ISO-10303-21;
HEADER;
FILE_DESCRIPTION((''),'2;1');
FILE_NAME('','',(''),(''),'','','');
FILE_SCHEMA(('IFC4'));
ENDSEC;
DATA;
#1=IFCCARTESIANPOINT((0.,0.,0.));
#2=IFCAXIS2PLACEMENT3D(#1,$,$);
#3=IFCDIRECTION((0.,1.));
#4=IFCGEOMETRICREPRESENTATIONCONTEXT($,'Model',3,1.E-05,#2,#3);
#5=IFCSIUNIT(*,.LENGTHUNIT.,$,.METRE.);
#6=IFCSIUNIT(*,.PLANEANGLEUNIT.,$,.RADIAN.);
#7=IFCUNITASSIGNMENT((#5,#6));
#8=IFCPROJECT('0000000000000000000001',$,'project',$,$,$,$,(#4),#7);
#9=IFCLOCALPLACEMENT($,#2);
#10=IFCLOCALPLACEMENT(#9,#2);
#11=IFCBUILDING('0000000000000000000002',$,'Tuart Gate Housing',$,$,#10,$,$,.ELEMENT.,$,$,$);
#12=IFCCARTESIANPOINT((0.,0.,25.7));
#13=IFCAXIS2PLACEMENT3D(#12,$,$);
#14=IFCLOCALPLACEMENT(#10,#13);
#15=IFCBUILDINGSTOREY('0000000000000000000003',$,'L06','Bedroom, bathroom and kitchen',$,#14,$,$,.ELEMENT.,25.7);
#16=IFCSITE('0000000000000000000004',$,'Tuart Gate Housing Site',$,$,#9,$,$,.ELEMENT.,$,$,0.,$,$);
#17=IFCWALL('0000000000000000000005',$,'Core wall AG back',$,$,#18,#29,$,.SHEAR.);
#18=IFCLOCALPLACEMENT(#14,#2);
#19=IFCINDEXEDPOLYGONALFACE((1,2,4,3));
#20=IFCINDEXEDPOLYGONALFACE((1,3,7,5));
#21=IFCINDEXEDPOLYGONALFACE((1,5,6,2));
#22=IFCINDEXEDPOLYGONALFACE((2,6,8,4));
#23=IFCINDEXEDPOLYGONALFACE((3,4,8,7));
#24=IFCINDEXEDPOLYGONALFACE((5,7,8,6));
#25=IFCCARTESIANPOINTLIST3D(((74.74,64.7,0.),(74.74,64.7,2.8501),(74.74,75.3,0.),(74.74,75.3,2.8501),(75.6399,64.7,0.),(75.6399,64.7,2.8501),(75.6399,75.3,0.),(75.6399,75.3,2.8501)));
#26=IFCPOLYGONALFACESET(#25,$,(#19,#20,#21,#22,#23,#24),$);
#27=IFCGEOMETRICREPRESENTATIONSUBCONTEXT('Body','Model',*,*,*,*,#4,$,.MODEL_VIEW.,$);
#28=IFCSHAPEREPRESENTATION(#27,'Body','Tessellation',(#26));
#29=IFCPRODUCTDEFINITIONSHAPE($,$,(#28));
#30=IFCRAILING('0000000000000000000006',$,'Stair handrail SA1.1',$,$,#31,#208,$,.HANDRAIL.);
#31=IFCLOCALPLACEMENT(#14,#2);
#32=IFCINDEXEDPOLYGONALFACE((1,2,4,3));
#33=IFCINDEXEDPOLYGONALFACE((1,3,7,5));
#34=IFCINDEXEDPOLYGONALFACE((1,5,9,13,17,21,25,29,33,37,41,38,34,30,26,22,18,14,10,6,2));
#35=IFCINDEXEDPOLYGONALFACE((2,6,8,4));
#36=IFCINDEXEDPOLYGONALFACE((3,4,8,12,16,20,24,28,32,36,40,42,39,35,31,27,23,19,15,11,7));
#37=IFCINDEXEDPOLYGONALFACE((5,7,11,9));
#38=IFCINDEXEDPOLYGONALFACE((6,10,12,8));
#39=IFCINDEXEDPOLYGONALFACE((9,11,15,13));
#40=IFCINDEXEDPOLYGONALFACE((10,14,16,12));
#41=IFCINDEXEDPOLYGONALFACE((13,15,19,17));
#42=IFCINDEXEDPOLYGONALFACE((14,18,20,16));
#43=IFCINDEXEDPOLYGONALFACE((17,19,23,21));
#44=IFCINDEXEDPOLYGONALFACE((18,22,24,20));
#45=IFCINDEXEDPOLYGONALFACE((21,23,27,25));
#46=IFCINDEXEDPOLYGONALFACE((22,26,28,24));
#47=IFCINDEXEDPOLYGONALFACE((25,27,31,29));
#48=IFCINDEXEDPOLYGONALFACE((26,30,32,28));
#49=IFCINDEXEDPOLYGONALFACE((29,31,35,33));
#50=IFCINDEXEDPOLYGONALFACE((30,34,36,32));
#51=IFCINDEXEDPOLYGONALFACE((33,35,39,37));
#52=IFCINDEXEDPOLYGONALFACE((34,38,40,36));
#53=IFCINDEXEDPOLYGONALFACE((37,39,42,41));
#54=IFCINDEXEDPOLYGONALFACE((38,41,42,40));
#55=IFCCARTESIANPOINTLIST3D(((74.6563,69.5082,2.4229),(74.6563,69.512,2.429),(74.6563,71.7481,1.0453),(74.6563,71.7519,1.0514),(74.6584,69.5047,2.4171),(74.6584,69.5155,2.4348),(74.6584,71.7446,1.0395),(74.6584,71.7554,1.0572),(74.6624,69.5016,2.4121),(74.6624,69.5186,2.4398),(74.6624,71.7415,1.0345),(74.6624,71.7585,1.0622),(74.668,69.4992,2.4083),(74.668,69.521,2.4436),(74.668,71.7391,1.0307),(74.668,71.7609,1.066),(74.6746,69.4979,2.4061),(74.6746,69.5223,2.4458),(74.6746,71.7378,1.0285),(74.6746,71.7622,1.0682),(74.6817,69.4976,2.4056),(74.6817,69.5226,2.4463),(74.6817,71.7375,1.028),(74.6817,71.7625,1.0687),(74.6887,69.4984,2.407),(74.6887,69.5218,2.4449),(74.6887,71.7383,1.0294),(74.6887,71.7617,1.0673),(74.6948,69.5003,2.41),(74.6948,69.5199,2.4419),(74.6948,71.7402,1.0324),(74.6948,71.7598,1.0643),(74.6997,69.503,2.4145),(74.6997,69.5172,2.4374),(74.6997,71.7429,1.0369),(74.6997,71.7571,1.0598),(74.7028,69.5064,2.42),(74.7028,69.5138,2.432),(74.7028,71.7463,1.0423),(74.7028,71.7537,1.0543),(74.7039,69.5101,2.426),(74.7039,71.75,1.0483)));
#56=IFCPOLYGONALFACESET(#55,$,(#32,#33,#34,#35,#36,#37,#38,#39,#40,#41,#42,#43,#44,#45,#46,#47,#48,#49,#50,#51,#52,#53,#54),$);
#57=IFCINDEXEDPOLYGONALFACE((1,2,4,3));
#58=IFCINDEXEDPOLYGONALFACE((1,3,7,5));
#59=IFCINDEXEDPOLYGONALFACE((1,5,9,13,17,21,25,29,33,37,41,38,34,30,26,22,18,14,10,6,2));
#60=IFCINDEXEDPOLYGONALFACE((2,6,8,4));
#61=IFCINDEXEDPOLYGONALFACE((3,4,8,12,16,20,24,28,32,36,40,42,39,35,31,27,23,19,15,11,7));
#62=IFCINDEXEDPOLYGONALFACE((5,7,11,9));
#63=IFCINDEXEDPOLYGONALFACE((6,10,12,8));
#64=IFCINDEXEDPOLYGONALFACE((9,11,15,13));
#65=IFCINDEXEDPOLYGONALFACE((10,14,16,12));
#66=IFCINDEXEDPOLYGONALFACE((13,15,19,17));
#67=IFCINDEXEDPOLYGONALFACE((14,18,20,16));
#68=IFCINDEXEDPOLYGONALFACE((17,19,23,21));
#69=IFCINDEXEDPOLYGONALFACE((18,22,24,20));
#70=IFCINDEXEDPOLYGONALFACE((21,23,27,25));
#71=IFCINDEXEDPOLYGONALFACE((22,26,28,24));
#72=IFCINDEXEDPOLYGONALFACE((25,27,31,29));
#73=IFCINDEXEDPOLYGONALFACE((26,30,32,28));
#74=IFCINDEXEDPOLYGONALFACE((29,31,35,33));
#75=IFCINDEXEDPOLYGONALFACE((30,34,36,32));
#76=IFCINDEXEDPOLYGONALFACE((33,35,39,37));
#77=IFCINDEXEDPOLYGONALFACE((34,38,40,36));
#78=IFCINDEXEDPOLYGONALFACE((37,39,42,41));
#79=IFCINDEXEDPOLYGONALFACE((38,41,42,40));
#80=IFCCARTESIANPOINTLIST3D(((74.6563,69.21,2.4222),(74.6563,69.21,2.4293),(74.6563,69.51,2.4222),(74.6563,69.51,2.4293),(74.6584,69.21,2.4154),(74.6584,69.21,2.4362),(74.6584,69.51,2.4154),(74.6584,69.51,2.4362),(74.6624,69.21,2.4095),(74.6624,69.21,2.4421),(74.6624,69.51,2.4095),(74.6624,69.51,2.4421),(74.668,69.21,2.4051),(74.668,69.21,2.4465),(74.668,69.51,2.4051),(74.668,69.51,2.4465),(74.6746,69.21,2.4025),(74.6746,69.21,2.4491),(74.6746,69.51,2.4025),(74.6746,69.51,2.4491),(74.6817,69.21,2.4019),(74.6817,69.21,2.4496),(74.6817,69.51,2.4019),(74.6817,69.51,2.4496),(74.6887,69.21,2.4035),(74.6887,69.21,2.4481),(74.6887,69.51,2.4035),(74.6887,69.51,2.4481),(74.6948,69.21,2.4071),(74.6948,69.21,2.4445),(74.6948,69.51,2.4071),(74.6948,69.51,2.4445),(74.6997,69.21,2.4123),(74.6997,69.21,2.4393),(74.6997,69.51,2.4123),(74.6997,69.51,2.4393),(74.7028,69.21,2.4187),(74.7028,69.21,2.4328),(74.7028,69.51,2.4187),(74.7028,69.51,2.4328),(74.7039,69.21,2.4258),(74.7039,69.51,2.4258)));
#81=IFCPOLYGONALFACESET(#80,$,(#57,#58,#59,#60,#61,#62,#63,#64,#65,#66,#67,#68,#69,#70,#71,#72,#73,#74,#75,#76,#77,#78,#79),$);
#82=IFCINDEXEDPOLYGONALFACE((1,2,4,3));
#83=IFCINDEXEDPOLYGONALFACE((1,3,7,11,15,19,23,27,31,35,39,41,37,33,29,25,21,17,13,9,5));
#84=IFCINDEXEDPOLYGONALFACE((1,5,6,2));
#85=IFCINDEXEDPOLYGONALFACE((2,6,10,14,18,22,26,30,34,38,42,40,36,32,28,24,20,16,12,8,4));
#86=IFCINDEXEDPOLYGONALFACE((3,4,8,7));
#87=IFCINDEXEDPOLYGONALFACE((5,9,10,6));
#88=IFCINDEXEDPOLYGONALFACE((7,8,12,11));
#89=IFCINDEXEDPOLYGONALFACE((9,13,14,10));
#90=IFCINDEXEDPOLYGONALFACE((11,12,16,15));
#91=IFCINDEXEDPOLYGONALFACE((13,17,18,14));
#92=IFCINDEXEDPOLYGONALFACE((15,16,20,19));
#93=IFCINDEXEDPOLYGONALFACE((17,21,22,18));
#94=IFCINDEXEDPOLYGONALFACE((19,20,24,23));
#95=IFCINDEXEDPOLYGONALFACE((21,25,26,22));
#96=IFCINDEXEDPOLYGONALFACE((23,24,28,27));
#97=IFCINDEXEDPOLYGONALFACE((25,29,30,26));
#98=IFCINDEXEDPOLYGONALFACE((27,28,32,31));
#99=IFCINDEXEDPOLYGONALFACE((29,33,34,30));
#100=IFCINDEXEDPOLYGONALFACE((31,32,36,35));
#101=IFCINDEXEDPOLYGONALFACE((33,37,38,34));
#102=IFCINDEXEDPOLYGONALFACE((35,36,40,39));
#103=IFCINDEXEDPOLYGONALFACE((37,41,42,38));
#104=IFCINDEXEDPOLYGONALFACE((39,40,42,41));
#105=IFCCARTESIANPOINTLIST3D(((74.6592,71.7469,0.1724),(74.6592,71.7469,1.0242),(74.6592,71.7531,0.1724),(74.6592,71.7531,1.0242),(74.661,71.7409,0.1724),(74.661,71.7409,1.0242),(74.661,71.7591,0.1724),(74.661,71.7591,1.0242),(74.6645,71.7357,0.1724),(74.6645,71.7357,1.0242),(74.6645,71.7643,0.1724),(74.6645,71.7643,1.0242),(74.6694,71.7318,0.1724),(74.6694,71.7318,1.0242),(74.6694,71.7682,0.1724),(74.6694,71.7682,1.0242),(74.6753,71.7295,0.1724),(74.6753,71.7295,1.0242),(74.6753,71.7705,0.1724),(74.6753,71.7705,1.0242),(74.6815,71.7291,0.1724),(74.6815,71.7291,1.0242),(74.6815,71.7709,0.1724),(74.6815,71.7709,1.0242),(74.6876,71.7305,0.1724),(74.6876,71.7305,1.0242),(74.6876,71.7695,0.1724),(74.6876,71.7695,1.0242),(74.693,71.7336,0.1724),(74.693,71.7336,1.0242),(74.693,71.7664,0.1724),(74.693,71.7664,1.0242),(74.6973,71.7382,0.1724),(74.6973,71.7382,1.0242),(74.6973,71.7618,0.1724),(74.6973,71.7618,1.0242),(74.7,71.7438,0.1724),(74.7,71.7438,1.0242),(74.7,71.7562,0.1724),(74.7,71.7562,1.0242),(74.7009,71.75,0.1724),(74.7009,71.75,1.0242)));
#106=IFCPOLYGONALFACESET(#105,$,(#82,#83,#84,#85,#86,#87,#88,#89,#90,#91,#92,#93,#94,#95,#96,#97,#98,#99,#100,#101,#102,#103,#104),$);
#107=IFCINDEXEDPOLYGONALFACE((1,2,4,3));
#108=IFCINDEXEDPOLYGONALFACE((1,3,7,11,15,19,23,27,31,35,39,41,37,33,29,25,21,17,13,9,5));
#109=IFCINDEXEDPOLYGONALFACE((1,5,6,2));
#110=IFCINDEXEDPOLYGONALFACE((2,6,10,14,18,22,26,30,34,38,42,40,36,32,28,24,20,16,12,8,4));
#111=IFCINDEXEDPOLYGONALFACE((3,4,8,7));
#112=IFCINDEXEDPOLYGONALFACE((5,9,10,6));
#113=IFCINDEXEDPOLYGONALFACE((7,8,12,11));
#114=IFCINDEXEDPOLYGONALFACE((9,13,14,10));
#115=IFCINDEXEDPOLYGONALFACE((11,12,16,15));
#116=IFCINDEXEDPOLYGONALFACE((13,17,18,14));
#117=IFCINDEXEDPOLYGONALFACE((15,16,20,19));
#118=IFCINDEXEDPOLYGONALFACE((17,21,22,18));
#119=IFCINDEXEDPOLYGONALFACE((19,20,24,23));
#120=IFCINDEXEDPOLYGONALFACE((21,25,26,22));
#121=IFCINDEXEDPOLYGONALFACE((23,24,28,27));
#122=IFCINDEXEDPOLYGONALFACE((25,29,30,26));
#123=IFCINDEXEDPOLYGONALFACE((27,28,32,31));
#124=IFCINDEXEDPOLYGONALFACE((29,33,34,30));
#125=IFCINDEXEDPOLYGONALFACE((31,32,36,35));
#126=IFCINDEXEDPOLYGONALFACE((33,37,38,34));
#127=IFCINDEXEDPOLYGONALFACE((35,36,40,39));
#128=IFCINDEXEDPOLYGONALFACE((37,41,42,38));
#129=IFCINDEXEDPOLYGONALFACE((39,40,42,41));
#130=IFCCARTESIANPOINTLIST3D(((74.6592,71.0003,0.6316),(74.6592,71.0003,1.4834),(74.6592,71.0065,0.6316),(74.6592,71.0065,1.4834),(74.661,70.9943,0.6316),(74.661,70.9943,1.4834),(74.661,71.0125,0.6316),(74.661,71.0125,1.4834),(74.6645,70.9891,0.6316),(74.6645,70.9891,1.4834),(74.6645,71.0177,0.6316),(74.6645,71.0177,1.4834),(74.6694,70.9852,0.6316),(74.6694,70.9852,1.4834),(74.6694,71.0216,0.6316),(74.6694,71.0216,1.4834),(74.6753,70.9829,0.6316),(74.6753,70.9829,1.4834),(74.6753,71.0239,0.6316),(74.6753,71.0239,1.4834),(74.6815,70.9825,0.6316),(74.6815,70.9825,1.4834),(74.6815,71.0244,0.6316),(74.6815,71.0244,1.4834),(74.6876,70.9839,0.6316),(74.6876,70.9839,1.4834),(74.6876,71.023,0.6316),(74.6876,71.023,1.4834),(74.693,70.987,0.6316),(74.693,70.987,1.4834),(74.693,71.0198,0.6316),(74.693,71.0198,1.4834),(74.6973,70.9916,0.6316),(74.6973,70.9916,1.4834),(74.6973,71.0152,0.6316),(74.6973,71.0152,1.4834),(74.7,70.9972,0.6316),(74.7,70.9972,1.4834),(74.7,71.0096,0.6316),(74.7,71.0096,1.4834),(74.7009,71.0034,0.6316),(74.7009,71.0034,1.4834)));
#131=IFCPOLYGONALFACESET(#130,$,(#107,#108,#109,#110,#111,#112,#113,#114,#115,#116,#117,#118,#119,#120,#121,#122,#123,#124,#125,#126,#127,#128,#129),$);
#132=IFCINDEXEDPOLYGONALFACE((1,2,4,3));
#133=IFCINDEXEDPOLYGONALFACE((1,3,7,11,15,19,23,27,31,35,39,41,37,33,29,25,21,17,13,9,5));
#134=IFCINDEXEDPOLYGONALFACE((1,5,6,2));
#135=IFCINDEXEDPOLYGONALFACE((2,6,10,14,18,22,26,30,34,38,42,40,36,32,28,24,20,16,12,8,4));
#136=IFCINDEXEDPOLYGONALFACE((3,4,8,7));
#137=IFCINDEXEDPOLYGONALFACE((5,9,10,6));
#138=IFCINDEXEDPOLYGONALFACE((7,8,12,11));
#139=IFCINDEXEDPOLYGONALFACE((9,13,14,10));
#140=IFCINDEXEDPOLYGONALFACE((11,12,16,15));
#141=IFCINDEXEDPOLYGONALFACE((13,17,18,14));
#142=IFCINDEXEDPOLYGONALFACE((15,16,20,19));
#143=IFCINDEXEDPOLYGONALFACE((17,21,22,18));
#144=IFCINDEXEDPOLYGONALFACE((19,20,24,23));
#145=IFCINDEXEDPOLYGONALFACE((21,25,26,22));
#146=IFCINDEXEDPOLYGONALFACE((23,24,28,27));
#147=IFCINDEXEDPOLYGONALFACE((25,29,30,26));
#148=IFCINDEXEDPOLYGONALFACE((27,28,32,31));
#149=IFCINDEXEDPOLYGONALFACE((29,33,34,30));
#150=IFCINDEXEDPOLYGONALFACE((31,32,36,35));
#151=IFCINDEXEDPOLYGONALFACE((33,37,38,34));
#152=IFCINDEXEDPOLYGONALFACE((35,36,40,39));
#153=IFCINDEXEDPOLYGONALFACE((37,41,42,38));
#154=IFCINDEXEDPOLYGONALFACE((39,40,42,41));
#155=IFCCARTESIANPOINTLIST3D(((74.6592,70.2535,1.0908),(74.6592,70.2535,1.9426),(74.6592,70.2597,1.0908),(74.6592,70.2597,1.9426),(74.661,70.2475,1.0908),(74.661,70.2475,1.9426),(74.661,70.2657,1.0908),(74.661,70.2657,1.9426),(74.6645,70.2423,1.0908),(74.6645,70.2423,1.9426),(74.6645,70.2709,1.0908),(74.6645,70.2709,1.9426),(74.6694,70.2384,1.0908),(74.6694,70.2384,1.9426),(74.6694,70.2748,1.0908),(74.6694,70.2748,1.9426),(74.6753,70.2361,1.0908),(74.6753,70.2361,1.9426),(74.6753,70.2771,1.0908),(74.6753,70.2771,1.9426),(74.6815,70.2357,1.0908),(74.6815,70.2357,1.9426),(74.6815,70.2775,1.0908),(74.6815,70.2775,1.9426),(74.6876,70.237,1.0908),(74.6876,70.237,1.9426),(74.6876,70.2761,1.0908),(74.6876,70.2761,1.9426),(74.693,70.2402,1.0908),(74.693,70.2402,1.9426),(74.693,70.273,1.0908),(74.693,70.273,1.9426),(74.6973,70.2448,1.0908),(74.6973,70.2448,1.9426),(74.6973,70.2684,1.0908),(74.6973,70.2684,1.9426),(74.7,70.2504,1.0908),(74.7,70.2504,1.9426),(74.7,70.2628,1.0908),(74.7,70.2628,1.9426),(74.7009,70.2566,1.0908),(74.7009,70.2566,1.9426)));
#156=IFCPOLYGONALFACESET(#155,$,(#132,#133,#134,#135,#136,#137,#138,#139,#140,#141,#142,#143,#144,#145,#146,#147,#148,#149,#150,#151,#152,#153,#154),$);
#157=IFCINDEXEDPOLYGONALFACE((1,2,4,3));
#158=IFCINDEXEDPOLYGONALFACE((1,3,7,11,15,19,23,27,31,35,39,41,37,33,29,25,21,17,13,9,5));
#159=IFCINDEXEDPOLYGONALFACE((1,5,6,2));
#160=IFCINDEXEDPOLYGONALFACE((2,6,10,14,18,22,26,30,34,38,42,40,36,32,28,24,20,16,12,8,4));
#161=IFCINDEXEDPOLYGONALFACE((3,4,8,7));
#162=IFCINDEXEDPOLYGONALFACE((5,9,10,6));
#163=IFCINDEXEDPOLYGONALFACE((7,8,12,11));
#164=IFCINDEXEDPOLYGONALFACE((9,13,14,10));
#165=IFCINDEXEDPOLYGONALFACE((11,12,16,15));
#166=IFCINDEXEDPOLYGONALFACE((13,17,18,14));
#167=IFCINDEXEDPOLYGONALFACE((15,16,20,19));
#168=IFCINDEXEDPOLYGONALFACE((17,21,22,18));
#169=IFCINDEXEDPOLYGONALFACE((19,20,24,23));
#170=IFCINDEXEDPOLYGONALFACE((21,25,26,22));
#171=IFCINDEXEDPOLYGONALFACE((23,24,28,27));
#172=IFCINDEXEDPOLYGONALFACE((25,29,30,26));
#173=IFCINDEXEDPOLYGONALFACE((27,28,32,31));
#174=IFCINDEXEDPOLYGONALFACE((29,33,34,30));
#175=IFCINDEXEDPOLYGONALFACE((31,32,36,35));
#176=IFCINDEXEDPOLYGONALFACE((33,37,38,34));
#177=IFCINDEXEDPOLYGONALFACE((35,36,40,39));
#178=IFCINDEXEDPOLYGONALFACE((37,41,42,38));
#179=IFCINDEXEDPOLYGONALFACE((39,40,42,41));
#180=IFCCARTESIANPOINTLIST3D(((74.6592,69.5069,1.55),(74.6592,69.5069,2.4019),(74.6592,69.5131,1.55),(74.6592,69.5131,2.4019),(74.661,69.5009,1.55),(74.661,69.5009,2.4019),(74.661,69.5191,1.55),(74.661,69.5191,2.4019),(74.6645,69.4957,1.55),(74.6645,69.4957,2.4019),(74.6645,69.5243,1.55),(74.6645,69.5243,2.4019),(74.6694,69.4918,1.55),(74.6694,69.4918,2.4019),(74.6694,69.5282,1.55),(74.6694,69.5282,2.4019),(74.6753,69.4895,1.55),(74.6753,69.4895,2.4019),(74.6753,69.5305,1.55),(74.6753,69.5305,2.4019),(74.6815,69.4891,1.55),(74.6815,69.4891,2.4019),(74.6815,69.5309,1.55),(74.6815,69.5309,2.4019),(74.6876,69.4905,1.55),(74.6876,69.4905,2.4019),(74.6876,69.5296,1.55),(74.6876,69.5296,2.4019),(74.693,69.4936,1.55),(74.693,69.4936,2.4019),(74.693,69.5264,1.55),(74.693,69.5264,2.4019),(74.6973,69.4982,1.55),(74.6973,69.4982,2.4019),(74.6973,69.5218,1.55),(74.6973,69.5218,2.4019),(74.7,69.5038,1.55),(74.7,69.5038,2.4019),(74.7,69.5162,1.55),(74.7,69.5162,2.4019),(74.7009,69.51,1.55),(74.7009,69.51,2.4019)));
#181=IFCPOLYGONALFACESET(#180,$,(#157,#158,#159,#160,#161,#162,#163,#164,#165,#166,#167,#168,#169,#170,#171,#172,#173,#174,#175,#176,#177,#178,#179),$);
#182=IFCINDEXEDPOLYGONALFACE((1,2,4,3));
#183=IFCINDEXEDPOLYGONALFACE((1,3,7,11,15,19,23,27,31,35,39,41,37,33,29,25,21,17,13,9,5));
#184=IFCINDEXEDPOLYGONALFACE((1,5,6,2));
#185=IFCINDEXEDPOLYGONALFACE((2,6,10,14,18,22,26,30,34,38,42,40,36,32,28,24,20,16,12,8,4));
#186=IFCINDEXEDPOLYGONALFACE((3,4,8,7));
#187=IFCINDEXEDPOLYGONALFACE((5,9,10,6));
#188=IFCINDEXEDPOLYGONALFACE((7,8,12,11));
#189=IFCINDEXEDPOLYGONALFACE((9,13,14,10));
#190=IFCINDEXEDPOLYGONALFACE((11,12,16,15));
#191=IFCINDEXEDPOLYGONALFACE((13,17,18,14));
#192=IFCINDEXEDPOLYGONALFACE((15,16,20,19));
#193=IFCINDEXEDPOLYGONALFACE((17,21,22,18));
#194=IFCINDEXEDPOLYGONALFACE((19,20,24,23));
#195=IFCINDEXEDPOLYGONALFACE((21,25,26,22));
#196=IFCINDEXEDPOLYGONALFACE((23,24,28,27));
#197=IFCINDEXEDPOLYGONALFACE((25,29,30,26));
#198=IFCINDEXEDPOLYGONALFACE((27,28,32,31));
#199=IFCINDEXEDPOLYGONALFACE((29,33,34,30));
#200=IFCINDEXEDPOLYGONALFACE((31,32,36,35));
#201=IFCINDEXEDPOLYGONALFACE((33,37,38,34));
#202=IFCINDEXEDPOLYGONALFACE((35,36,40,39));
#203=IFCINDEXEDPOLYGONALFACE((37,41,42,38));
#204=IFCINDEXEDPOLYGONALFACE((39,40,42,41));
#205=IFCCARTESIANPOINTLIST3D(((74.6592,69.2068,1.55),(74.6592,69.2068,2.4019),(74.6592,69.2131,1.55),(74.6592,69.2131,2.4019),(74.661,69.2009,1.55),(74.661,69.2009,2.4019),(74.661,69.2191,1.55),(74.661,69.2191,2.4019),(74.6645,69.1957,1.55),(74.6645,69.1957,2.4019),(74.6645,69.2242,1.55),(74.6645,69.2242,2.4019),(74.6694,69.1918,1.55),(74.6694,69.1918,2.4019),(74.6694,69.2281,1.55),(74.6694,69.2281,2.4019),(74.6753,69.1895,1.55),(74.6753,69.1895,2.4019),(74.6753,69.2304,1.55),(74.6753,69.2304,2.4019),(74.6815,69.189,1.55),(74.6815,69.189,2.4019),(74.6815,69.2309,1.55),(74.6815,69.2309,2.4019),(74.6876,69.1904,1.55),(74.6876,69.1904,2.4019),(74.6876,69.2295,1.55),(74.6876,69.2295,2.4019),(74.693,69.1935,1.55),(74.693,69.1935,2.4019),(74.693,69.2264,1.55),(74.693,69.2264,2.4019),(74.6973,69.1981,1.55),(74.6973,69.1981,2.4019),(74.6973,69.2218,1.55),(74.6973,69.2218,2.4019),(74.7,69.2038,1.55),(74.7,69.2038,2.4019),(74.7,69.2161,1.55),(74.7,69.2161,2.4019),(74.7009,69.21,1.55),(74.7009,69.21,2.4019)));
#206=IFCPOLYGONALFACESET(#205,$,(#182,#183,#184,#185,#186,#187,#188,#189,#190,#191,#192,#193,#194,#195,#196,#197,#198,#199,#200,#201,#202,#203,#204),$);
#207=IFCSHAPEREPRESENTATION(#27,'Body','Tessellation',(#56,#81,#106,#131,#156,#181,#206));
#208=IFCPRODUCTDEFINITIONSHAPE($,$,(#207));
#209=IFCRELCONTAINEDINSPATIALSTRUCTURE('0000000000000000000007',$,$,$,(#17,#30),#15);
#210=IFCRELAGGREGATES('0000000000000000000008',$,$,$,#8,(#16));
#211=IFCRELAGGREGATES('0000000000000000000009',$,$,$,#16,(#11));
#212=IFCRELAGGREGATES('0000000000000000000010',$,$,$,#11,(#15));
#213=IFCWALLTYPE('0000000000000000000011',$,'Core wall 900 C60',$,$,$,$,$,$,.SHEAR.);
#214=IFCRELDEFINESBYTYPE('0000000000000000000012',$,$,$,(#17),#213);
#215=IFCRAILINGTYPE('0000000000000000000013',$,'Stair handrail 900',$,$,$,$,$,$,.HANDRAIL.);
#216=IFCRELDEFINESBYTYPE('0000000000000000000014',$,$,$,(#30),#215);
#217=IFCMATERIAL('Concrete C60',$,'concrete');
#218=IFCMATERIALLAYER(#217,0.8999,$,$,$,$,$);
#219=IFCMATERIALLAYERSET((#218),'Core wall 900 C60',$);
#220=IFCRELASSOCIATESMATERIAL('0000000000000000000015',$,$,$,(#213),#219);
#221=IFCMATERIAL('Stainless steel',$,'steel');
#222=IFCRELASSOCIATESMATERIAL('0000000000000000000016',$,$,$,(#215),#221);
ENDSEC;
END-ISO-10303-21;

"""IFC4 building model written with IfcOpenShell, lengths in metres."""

from ifc_helpers import new_model, si_unit, direction, frame, frame_2d, origin, origin_2d, place, context, subcontext, project, spatial, rectangle, circle, extrude, material, layer, layer_set, type_object, element, save


model = new_model("IFC4")

# Units and contexts
model_context = context("Model", 3, precision=1e-05, world=origin(), true_north=direction((0.0, 1.0)))
body_context = subcontext(model_context, "Body", "Model", "MODEL_VIEW")
ifc_project = project(units=[si_unit("LENGTHUNIT", "METRE"), si_unit("PLANEANGLEUNIT", "RADIAN")], contexts=[model_context])

# Site, building, storey
site_placement = place(None, origin())
site = spatial("IfcSite", under=ifc_project, at=site_placement, Name="Tuart Gate Housing Site", CompositionType="ELEMENT", RefElevation=0.0)
building_placement = place(site_placement, origin())
building = spatial("IfcBuilding", under=site, at=building_placement, Name="Tuart Gate Housing", CompositionType="ELEMENT")
storey_placement = place(building_placement, frame((0.0, 0.0, 25.7)))
storey = spatial("IfcBuildingStorey", under=building, at=storey_placement, Name="L06", Description="Bedroom, bathroom and kitchen", CompositionType="ELEMENT", Elevation=25.7)

# Wall
ifc_material_1 = material(Name="Concrete C60", Category="concrete")
ifc_layer = layer(ifc_material_1, 0.8999)
ifc_layer_set = layer_set([ifc_layer], Name="Core wall 900 C60")
wall_type = type_object("IfcWallType", Name="Core wall 900 C60", PredefinedType="SHEAR", material=ifc_layer_set)
wall_placement = place(storey_placement, frame((75.1899, 64.7, 0.0), z_axis=(0.0, 0.0, 1.0), x_axis=(0.0, 1.0, 0.0)))
element("IfcWall", 1, at=wall_placement, inside=storey, type_object=wall_type, Name="Core wall AG back", PredefinedType="SHEAR", context=body_context, shape_type="SweptSolid", body=[
    extrude(rectangle(XDim=10.6001, YDim=0.8999, at=frame_2d((5.3, 0.0))), origin(), (0.0, 0.0, 1.0), 2.8501),
])

# Railing
ifc_material_2 = material(Name="Stainless steel", Category="steel")
railing_type = type_object("IfcRailingType", Name="Stair handrail 900", PredefinedType="HANDRAIL", material=ifc_material_2)
railing_placement = place(storey_placement, frame((74.6799, 71.75, 0.1724)))
element("IfcRailing", 2, at=railing_placement, inside=storey, type_object=railing_type, Name="Stair handrail SA1.1", PredefinedType="HANDRAIL", context=body_context, shape_type="SweptSolid", body=[
    extrude(circle(Radius=0.0239, at=origin_2d()), frame((0.0, 0.0, 0.876), z_axis=(0.0, -0.851789, 0.523885), x_axis=(1.0, 0.0, 0.0)), (0.0, 0.0, 1.0), 2.6296),
    extrude(circle(Radius=0.0239, at=origin_2d()), frame((0.0, -2.24, 2.2534), z_axis=(0.0, -1.0, 0.0), x_axis=(1.0, 0.0, 0.0)), (0.0, 0.0, 1.0), 0.3),
    extrude(circle(Radius=0.021, at=origin_2d()), origin(), (0.0, 0.0, 1.0), 0.8518),
    extrude(circle(Radius=0.021, at=origin_2d()), frame((0.0, -0.7466, 0.4592)), (0.0, 0.0, 1.0), 0.8518),
    extrude(circle(Radius=0.021, at=origin_2d()), frame((0.0, -1.4934, 0.9185)), (0.0, 0.0, 1.0), 0.8518),
    extrude(circle(Radius=0.021, at=origin_2d()), frame((0.0, -2.24, 1.3777)), (0.0, 0.0, 1.0), 0.8518),
    extrude(circle(Radius=0.021, at=origin_2d()), frame((0.0, -2.54, 1.3777)), (0.0, 0.0, 1.0), 0.8518),
])

save(model, "model.ifc")
